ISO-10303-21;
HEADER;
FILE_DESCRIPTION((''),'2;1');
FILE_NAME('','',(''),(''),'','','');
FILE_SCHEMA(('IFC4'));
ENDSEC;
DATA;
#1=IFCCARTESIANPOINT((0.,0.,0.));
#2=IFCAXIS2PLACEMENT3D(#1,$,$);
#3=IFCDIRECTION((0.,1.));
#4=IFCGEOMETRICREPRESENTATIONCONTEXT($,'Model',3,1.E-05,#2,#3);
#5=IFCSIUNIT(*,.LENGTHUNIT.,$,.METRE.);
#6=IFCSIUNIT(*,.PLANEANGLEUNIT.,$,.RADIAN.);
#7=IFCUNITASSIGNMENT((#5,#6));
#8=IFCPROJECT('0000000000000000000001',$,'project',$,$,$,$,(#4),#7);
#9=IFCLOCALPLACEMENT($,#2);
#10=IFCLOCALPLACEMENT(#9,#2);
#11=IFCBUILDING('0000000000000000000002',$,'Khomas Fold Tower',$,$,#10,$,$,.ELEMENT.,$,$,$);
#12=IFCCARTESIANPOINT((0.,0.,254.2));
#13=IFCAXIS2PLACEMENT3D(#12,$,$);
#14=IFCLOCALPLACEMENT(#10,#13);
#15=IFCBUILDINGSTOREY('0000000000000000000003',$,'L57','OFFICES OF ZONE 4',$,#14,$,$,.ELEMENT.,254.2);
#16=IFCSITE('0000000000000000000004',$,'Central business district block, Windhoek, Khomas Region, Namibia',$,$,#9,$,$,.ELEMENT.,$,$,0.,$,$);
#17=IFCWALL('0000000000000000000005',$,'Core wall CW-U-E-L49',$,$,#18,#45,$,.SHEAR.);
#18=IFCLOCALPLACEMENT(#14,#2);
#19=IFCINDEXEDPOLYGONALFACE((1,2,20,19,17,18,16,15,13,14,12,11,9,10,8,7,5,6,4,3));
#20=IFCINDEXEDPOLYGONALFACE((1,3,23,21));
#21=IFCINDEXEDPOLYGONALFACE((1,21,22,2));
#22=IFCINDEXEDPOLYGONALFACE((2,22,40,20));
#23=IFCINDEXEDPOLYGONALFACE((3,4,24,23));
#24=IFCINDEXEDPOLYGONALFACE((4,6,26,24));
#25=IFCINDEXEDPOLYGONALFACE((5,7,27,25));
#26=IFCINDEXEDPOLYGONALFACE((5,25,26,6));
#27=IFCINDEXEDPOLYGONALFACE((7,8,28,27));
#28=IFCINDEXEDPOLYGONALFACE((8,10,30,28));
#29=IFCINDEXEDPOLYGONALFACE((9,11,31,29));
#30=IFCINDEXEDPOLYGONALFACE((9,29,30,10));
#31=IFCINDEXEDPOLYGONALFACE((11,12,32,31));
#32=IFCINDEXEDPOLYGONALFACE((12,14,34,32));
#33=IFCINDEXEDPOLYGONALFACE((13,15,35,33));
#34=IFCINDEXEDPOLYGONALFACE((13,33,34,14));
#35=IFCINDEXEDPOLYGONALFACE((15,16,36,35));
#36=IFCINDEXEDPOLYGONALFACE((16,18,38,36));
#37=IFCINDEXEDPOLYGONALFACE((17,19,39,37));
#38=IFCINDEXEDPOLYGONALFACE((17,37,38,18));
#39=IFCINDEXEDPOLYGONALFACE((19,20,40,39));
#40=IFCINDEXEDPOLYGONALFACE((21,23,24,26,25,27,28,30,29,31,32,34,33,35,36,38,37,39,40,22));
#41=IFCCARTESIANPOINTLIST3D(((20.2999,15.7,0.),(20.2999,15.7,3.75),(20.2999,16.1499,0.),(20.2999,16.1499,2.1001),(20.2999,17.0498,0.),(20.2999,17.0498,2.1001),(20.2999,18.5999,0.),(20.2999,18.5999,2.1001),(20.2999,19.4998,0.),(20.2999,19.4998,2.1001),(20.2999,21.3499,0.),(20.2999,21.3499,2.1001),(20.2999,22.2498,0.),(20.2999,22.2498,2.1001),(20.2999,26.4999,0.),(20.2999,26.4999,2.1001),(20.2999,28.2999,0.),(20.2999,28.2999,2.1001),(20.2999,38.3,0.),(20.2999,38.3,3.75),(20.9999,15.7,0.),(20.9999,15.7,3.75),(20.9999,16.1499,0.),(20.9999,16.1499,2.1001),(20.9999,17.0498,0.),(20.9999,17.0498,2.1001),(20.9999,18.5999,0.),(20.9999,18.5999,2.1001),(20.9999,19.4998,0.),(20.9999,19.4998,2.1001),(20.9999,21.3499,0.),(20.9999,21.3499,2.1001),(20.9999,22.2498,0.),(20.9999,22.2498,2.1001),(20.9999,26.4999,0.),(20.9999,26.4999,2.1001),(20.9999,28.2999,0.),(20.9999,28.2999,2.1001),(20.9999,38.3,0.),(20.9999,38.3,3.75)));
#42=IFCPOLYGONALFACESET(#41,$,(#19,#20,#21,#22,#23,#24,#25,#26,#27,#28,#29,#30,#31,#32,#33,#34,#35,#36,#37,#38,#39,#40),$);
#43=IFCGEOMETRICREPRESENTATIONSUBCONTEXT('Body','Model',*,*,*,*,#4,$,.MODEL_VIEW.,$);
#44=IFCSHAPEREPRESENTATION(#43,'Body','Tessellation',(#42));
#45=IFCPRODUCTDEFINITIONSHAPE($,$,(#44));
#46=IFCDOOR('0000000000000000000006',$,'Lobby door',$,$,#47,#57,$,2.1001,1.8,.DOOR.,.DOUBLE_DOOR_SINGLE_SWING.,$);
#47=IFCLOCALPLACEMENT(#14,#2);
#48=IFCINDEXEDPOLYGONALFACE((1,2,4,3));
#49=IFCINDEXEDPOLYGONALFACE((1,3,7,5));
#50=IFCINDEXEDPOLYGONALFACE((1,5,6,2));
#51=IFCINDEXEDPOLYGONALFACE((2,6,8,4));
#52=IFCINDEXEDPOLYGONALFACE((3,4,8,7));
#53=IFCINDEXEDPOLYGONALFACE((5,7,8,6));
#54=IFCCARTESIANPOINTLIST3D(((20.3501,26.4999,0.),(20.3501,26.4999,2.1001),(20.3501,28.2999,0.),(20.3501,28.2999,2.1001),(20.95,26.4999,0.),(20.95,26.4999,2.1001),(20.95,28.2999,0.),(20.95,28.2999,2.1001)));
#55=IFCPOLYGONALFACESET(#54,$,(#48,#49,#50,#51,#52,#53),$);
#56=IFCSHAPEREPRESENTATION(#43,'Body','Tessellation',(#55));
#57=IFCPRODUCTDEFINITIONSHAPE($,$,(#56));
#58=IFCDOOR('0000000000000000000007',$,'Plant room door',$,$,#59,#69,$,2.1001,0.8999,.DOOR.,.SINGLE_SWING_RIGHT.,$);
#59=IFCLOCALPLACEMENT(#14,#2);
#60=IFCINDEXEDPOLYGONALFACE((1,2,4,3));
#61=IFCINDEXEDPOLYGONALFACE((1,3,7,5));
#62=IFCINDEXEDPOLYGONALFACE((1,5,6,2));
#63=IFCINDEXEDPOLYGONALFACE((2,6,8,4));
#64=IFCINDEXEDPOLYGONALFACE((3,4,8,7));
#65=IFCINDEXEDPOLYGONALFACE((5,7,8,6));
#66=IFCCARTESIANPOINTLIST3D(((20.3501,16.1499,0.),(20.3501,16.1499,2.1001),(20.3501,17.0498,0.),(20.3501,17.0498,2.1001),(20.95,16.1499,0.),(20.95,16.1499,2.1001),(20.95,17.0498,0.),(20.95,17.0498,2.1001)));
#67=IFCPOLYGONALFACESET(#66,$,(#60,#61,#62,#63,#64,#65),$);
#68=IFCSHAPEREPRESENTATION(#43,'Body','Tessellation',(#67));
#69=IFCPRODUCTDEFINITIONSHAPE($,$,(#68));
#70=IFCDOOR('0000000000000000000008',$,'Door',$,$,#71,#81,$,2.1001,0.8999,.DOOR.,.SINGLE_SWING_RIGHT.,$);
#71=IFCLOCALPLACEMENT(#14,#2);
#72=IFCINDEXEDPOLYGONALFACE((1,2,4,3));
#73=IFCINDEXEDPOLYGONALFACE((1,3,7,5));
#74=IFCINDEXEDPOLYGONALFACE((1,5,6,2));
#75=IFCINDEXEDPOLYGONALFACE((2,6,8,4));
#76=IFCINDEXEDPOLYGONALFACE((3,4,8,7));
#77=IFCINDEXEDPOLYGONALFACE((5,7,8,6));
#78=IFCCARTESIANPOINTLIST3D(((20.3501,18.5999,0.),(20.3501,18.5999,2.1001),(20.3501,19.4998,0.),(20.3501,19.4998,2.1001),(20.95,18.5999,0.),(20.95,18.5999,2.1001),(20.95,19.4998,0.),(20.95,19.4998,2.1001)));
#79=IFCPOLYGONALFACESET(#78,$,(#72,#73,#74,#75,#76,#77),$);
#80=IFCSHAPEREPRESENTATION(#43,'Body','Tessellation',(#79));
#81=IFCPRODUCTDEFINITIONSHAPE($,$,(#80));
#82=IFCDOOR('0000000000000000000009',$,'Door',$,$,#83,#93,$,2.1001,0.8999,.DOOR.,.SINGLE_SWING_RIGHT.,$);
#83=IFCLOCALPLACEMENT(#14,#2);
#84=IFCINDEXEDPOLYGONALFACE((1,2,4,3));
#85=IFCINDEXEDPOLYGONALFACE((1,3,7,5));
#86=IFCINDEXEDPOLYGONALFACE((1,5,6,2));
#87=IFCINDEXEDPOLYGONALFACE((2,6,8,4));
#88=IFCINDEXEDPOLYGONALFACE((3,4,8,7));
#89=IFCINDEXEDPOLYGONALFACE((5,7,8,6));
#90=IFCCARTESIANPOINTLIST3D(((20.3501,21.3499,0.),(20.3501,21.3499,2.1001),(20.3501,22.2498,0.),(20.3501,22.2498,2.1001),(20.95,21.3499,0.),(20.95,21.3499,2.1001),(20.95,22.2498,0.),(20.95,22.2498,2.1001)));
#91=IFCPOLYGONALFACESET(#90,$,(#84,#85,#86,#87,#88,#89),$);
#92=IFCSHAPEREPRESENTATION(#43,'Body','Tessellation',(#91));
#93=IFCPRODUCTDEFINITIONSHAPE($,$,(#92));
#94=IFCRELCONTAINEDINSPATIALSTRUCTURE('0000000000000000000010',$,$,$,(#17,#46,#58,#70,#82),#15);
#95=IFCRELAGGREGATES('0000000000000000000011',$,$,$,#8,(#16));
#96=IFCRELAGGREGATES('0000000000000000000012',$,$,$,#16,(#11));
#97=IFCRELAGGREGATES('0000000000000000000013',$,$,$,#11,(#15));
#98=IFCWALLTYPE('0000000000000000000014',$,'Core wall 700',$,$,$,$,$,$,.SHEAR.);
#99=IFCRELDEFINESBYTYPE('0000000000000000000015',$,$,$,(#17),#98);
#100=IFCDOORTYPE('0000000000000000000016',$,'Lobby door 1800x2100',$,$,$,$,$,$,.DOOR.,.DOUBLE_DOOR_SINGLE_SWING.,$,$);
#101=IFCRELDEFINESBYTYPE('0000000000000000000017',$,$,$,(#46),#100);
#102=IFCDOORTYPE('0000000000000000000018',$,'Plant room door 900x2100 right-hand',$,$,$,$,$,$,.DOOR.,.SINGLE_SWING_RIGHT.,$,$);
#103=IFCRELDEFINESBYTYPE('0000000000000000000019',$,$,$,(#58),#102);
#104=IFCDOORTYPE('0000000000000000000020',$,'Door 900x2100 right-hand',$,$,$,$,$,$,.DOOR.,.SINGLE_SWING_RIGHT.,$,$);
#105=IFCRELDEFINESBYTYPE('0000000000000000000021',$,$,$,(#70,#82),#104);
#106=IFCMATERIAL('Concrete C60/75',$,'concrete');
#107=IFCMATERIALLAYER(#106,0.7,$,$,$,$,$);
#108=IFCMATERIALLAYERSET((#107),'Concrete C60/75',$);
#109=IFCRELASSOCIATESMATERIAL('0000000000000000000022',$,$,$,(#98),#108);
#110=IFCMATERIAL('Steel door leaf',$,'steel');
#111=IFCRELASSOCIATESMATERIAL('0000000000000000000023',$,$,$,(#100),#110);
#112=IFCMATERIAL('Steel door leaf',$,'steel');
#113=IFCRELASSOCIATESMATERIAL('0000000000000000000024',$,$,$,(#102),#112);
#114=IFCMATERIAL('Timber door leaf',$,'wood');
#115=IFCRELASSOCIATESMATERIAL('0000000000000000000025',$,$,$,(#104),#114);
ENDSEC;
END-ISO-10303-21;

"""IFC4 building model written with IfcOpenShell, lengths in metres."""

from ifc_helpers import new_model, si_unit, direction, frame, frame_2d, origin, place, context, subcontext, project, spatial, rectangle, extrude, source, transform, mapped, material, layer, layer_set, type_object, element, fill, save


model = new_model("IFC4")

# Units and contexts
model_context = context("Model", 3, precision=1e-05, world=origin(), true_north=direction((0.0, 1.0)))
body_context = subcontext(model_context, "Body", "Model", "MODEL_VIEW")
ifc_project = project(units=[si_unit("LENGTHUNIT", "METRE"), si_unit("PLANEANGLEUNIT", "RADIAN")], contexts=[model_context])

# Site, building, storey
site_placement = place(None, origin())
site = spatial("IfcSite", under=ifc_project, at=site_placement, Name="Central business district block, Windhoek, Khomas Region, Namibia", CompositionType="ELEMENT", RefElevation=0.0)
building_placement = place(site_placement, origin())
building = spatial("IfcBuilding", under=site, at=building_placement, Name="Khomas Fold Tower", CompositionType="ELEMENT")
storey_placement = place(building_placement, frame((0.0, 0.0, 254.2)))
storey = spatial("IfcBuildingStorey", under=building, at=storey_placement, Name="L57", Description="OFFICES OF ZONE 4", CompositionType="ELEMENT", Elevation=254.2)

# Wall, openings, doors
ifc_material_1 = material(Name="Concrete C60/75", Category="concrete")
ifc_layer_1 = layer(ifc_material_1, 0.7)
ifc_layer_set_1 = layer_set([ifc_layer_1], Name="Concrete C60/75")
wall_type_1 = type_object("IfcWallType", Name="Core wall 700", PredefinedType="SHEAR", material=ifc_layer_set_1)
shared_shape_1 = source(origin(), body_context, "Body", "SweptSolid", [
    extrude(rectangle(XDim=22.6001, YDim=0.7, at=frame_2d((11.3, 0.0))), origin(), (0.0, 0.0, 1.0), 3.75),
])
wall_1_placement = place(storey_placement, frame((20.6499, 15.7, 0.0), z_axis=(0.0, 0.0, 1.0), x_axis=(0.0, 1.0, 0.0)))
wall_1 = element("IfcWall", 1, at=wall_1_placement, inside=storey, type_object=wall_type_1, Name="Core wall CW-U-E-L49", PredefinedType="SHEAR", context=body_context, shape_type="MappedRepresentation", body=[
    mapped(shared_shape_1, transform((0.0, 0.0, 0.0))),
])
shared_shape_2 = source(origin(), body_context, "Body", "SweptSolid", [
    extrude(rectangle(XDim=1.8, YDim=2.1001, at=frame_2d((0.8999, 1.05))), frame((0.0, 0.3599, 0.0), z_axis=(0.0, -1.0, 0.0), x_axis=(1.0, 0.0, 0.0)), (0.0, 0.0, 1.0), 0.72),
])
opening_1_placement = place(wall_1_placement, frame((10.8, 0.0, 0.0)))
opening_1 = element("IfcOpeningElement", 2, at=opening_1_placement, cuts=wall_1, PredefinedType="OPENING", context=body_context, shape_type="MappedRepresentation", body=[
    mapped(shared_shape_2, transform((0.0, 0.0, 0.0))),
])
shared_shape_3 = source(origin(), body_context, "Body", "SweptSolid", [
    extrude(rectangle(XDim=0.8999, YDim=2.1001, at=frame_2d((0.45, 1.05))), frame((0.0, 0.3599, 0.0), z_axis=(0.0, -1.0, 0.0), x_axis=(1.0, 0.0, 0.0)), (0.0, 0.0, 1.0), 0.72),
])
opening_2_placement = place(wall_1_placement, frame((0.45, 0.0, 0.0)))
opening_2 = element("IfcOpeningElement", 3, at=opening_2_placement, cuts=wall_1, PredefinedType="OPENING", context=body_context, shape_type="MappedRepresentation", body=[
    mapped(shared_shape_3, transform((0.0, 0.0, 0.0))),
])
opening_3_placement = place(wall_1_placement, frame((2.8999, 0.0, 0.0)))
opening_3 = element("IfcOpeningElement", 4, at=opening_3_placement, cuts=wall_1, PredefinedType="OPENING", context=body_context, shape_type="MappedRepresentation", body=[
    mapped(shared_shape_3, transform((0.0, 0.0, 0.0))),
])
opening_4_placement = place(wall_1_placement, frame((5.6499, 0.0, 0.0)))
opening_4 = element("IfcOpeningElement", 5, at=opening_4_placement, cuts=wall_1, PredefinedType="OPENING", context=body_context, shape_type="MappedRepresentation", body=[
    mapped(shared_shape_3, transform((0.0, 0.0, 0.0))),
])
ifc_material_2 = material(Name="Steel door leaf", Category="steel")
door_type_1 = type_object("IfcDoorType", Name="Lobby door 1800x2100", OperationType="DOUBLE_DOOR_SINGLE_SWING", PredefinedType="DOOR", material=ifc_material_2)
shared_shape_4 = source(origin(), body_context, "Body", "SweptSolid", [
    extrude(rectangle(XDim=1.8, YDim=2.1001, at=frame_2d((0.8999, 1.05))), frame((0.0, 0.2998, 0.0), z_axis=(0.0, -1.0, 0.0), x_axis=(1.0, 0.0, 0.0)), (0.0, 0.0, 1.0), 0.5999),
])
door_1_placement = place(opening_1_placement, origin())
door_1 = element("IfcDoor", 6, at=door_1_placement, inside=storey, type_object=door_type_1, Name="Lobby door", OperationType="DOUBLE_DOOR_SINGLE_SWING", OverallHeight=2.1001, OverallWidth=1.8, PredefinedType="DOOR", context=body_context, shape_type="MappedRepresentation", body=[
    mapped(shared_shape_4, transform((0.0, 0.0, 0.0))),
])
fill(opening_1, door_1)
ifc_material_3 = material(Name="Steel door leaf", Category="steel")
door_type_2 = type_object("IfcDoorType", Name="Plant room door 900x2100 right-hand", OperationType="SINGLE_SWING_RIGHT", PredefinedType="DOOR", material=ifc_material_3)
shared_shape_5 = source(origin(), body_context, "Body", "SweptSolid", [
    extrude(rectangle(XDim=0.8999, YDim=2.1001, at=frame_2d((0.45, 1.05))), frame((0.0, 0.2998, 0.0), z_axis=(0.0, -1.0, 0.0), x_axis=(1.0, 0.0, 0.0)), (0.0, 0.0, 1.0), 0.5999),
])
door_2_placement = place(opening_2_placement, origin())
door_2 = element("IfcDoor", 7, at=door_2_placement, inside=storey, type_object=door_type_2, Name="Plant room door", OperationType="SINGLE_SWING_RIGHT", OverallHeight=2.1001, OverallWidth=0.8999, PredefinedType="DOOR", context=body_context, shape_type="MappedRepresentation", body=[
    mapped(shared_shape_5, transform((0.0, 0.0, 0.0))),
])
fill(opening_2, door_2)
ifc_material_4 = material(Name="Timber door leaf", Category="wood")
door_type_3 = type_object("IfcDoorType", Name="Door 900x2100 right-hand", OperationType="SINGLE_SWING_RIGHT", PredefinedType="DOOR", material=ifc_material_4)
door_3_placement = place(opening_3_placement, origin())
door_3 = element("IfcDoor", 8, at=door_3_placement, inside=storey, type_object=door_type_3, Name="Door", OperationType="SINGLE_SWING_RIGHT", OverallHeight=2.1001, OverallWidth=0.8999, PredefinedType="DOOR", context=body_context, shape_type="MappedRepresentation", body=[
    mapped(shared_shape_5, transform((0.0, 0.0, 0.0))),
])
fill(opening_3, door_3)
door_4_placement = place(opening_4_placement, origin())
door_4 = element("IfcDoor", 9, at=door_4_placement, inside=storey, type_object=door_type_3, Name="Door", OperationType="SINGLE_SWING_RIGHT", OverallHeight=2.1001, OverallWidth=0.8999, PredefinedType="DOOR", context=body_context, shape_type="MappedRepresentation", body=[
    mapped(shared_shape_5, transform((0.0, 0.0, 0.0))),
])
fill(opening_4, door_4)

save(model, "model.ifc")
